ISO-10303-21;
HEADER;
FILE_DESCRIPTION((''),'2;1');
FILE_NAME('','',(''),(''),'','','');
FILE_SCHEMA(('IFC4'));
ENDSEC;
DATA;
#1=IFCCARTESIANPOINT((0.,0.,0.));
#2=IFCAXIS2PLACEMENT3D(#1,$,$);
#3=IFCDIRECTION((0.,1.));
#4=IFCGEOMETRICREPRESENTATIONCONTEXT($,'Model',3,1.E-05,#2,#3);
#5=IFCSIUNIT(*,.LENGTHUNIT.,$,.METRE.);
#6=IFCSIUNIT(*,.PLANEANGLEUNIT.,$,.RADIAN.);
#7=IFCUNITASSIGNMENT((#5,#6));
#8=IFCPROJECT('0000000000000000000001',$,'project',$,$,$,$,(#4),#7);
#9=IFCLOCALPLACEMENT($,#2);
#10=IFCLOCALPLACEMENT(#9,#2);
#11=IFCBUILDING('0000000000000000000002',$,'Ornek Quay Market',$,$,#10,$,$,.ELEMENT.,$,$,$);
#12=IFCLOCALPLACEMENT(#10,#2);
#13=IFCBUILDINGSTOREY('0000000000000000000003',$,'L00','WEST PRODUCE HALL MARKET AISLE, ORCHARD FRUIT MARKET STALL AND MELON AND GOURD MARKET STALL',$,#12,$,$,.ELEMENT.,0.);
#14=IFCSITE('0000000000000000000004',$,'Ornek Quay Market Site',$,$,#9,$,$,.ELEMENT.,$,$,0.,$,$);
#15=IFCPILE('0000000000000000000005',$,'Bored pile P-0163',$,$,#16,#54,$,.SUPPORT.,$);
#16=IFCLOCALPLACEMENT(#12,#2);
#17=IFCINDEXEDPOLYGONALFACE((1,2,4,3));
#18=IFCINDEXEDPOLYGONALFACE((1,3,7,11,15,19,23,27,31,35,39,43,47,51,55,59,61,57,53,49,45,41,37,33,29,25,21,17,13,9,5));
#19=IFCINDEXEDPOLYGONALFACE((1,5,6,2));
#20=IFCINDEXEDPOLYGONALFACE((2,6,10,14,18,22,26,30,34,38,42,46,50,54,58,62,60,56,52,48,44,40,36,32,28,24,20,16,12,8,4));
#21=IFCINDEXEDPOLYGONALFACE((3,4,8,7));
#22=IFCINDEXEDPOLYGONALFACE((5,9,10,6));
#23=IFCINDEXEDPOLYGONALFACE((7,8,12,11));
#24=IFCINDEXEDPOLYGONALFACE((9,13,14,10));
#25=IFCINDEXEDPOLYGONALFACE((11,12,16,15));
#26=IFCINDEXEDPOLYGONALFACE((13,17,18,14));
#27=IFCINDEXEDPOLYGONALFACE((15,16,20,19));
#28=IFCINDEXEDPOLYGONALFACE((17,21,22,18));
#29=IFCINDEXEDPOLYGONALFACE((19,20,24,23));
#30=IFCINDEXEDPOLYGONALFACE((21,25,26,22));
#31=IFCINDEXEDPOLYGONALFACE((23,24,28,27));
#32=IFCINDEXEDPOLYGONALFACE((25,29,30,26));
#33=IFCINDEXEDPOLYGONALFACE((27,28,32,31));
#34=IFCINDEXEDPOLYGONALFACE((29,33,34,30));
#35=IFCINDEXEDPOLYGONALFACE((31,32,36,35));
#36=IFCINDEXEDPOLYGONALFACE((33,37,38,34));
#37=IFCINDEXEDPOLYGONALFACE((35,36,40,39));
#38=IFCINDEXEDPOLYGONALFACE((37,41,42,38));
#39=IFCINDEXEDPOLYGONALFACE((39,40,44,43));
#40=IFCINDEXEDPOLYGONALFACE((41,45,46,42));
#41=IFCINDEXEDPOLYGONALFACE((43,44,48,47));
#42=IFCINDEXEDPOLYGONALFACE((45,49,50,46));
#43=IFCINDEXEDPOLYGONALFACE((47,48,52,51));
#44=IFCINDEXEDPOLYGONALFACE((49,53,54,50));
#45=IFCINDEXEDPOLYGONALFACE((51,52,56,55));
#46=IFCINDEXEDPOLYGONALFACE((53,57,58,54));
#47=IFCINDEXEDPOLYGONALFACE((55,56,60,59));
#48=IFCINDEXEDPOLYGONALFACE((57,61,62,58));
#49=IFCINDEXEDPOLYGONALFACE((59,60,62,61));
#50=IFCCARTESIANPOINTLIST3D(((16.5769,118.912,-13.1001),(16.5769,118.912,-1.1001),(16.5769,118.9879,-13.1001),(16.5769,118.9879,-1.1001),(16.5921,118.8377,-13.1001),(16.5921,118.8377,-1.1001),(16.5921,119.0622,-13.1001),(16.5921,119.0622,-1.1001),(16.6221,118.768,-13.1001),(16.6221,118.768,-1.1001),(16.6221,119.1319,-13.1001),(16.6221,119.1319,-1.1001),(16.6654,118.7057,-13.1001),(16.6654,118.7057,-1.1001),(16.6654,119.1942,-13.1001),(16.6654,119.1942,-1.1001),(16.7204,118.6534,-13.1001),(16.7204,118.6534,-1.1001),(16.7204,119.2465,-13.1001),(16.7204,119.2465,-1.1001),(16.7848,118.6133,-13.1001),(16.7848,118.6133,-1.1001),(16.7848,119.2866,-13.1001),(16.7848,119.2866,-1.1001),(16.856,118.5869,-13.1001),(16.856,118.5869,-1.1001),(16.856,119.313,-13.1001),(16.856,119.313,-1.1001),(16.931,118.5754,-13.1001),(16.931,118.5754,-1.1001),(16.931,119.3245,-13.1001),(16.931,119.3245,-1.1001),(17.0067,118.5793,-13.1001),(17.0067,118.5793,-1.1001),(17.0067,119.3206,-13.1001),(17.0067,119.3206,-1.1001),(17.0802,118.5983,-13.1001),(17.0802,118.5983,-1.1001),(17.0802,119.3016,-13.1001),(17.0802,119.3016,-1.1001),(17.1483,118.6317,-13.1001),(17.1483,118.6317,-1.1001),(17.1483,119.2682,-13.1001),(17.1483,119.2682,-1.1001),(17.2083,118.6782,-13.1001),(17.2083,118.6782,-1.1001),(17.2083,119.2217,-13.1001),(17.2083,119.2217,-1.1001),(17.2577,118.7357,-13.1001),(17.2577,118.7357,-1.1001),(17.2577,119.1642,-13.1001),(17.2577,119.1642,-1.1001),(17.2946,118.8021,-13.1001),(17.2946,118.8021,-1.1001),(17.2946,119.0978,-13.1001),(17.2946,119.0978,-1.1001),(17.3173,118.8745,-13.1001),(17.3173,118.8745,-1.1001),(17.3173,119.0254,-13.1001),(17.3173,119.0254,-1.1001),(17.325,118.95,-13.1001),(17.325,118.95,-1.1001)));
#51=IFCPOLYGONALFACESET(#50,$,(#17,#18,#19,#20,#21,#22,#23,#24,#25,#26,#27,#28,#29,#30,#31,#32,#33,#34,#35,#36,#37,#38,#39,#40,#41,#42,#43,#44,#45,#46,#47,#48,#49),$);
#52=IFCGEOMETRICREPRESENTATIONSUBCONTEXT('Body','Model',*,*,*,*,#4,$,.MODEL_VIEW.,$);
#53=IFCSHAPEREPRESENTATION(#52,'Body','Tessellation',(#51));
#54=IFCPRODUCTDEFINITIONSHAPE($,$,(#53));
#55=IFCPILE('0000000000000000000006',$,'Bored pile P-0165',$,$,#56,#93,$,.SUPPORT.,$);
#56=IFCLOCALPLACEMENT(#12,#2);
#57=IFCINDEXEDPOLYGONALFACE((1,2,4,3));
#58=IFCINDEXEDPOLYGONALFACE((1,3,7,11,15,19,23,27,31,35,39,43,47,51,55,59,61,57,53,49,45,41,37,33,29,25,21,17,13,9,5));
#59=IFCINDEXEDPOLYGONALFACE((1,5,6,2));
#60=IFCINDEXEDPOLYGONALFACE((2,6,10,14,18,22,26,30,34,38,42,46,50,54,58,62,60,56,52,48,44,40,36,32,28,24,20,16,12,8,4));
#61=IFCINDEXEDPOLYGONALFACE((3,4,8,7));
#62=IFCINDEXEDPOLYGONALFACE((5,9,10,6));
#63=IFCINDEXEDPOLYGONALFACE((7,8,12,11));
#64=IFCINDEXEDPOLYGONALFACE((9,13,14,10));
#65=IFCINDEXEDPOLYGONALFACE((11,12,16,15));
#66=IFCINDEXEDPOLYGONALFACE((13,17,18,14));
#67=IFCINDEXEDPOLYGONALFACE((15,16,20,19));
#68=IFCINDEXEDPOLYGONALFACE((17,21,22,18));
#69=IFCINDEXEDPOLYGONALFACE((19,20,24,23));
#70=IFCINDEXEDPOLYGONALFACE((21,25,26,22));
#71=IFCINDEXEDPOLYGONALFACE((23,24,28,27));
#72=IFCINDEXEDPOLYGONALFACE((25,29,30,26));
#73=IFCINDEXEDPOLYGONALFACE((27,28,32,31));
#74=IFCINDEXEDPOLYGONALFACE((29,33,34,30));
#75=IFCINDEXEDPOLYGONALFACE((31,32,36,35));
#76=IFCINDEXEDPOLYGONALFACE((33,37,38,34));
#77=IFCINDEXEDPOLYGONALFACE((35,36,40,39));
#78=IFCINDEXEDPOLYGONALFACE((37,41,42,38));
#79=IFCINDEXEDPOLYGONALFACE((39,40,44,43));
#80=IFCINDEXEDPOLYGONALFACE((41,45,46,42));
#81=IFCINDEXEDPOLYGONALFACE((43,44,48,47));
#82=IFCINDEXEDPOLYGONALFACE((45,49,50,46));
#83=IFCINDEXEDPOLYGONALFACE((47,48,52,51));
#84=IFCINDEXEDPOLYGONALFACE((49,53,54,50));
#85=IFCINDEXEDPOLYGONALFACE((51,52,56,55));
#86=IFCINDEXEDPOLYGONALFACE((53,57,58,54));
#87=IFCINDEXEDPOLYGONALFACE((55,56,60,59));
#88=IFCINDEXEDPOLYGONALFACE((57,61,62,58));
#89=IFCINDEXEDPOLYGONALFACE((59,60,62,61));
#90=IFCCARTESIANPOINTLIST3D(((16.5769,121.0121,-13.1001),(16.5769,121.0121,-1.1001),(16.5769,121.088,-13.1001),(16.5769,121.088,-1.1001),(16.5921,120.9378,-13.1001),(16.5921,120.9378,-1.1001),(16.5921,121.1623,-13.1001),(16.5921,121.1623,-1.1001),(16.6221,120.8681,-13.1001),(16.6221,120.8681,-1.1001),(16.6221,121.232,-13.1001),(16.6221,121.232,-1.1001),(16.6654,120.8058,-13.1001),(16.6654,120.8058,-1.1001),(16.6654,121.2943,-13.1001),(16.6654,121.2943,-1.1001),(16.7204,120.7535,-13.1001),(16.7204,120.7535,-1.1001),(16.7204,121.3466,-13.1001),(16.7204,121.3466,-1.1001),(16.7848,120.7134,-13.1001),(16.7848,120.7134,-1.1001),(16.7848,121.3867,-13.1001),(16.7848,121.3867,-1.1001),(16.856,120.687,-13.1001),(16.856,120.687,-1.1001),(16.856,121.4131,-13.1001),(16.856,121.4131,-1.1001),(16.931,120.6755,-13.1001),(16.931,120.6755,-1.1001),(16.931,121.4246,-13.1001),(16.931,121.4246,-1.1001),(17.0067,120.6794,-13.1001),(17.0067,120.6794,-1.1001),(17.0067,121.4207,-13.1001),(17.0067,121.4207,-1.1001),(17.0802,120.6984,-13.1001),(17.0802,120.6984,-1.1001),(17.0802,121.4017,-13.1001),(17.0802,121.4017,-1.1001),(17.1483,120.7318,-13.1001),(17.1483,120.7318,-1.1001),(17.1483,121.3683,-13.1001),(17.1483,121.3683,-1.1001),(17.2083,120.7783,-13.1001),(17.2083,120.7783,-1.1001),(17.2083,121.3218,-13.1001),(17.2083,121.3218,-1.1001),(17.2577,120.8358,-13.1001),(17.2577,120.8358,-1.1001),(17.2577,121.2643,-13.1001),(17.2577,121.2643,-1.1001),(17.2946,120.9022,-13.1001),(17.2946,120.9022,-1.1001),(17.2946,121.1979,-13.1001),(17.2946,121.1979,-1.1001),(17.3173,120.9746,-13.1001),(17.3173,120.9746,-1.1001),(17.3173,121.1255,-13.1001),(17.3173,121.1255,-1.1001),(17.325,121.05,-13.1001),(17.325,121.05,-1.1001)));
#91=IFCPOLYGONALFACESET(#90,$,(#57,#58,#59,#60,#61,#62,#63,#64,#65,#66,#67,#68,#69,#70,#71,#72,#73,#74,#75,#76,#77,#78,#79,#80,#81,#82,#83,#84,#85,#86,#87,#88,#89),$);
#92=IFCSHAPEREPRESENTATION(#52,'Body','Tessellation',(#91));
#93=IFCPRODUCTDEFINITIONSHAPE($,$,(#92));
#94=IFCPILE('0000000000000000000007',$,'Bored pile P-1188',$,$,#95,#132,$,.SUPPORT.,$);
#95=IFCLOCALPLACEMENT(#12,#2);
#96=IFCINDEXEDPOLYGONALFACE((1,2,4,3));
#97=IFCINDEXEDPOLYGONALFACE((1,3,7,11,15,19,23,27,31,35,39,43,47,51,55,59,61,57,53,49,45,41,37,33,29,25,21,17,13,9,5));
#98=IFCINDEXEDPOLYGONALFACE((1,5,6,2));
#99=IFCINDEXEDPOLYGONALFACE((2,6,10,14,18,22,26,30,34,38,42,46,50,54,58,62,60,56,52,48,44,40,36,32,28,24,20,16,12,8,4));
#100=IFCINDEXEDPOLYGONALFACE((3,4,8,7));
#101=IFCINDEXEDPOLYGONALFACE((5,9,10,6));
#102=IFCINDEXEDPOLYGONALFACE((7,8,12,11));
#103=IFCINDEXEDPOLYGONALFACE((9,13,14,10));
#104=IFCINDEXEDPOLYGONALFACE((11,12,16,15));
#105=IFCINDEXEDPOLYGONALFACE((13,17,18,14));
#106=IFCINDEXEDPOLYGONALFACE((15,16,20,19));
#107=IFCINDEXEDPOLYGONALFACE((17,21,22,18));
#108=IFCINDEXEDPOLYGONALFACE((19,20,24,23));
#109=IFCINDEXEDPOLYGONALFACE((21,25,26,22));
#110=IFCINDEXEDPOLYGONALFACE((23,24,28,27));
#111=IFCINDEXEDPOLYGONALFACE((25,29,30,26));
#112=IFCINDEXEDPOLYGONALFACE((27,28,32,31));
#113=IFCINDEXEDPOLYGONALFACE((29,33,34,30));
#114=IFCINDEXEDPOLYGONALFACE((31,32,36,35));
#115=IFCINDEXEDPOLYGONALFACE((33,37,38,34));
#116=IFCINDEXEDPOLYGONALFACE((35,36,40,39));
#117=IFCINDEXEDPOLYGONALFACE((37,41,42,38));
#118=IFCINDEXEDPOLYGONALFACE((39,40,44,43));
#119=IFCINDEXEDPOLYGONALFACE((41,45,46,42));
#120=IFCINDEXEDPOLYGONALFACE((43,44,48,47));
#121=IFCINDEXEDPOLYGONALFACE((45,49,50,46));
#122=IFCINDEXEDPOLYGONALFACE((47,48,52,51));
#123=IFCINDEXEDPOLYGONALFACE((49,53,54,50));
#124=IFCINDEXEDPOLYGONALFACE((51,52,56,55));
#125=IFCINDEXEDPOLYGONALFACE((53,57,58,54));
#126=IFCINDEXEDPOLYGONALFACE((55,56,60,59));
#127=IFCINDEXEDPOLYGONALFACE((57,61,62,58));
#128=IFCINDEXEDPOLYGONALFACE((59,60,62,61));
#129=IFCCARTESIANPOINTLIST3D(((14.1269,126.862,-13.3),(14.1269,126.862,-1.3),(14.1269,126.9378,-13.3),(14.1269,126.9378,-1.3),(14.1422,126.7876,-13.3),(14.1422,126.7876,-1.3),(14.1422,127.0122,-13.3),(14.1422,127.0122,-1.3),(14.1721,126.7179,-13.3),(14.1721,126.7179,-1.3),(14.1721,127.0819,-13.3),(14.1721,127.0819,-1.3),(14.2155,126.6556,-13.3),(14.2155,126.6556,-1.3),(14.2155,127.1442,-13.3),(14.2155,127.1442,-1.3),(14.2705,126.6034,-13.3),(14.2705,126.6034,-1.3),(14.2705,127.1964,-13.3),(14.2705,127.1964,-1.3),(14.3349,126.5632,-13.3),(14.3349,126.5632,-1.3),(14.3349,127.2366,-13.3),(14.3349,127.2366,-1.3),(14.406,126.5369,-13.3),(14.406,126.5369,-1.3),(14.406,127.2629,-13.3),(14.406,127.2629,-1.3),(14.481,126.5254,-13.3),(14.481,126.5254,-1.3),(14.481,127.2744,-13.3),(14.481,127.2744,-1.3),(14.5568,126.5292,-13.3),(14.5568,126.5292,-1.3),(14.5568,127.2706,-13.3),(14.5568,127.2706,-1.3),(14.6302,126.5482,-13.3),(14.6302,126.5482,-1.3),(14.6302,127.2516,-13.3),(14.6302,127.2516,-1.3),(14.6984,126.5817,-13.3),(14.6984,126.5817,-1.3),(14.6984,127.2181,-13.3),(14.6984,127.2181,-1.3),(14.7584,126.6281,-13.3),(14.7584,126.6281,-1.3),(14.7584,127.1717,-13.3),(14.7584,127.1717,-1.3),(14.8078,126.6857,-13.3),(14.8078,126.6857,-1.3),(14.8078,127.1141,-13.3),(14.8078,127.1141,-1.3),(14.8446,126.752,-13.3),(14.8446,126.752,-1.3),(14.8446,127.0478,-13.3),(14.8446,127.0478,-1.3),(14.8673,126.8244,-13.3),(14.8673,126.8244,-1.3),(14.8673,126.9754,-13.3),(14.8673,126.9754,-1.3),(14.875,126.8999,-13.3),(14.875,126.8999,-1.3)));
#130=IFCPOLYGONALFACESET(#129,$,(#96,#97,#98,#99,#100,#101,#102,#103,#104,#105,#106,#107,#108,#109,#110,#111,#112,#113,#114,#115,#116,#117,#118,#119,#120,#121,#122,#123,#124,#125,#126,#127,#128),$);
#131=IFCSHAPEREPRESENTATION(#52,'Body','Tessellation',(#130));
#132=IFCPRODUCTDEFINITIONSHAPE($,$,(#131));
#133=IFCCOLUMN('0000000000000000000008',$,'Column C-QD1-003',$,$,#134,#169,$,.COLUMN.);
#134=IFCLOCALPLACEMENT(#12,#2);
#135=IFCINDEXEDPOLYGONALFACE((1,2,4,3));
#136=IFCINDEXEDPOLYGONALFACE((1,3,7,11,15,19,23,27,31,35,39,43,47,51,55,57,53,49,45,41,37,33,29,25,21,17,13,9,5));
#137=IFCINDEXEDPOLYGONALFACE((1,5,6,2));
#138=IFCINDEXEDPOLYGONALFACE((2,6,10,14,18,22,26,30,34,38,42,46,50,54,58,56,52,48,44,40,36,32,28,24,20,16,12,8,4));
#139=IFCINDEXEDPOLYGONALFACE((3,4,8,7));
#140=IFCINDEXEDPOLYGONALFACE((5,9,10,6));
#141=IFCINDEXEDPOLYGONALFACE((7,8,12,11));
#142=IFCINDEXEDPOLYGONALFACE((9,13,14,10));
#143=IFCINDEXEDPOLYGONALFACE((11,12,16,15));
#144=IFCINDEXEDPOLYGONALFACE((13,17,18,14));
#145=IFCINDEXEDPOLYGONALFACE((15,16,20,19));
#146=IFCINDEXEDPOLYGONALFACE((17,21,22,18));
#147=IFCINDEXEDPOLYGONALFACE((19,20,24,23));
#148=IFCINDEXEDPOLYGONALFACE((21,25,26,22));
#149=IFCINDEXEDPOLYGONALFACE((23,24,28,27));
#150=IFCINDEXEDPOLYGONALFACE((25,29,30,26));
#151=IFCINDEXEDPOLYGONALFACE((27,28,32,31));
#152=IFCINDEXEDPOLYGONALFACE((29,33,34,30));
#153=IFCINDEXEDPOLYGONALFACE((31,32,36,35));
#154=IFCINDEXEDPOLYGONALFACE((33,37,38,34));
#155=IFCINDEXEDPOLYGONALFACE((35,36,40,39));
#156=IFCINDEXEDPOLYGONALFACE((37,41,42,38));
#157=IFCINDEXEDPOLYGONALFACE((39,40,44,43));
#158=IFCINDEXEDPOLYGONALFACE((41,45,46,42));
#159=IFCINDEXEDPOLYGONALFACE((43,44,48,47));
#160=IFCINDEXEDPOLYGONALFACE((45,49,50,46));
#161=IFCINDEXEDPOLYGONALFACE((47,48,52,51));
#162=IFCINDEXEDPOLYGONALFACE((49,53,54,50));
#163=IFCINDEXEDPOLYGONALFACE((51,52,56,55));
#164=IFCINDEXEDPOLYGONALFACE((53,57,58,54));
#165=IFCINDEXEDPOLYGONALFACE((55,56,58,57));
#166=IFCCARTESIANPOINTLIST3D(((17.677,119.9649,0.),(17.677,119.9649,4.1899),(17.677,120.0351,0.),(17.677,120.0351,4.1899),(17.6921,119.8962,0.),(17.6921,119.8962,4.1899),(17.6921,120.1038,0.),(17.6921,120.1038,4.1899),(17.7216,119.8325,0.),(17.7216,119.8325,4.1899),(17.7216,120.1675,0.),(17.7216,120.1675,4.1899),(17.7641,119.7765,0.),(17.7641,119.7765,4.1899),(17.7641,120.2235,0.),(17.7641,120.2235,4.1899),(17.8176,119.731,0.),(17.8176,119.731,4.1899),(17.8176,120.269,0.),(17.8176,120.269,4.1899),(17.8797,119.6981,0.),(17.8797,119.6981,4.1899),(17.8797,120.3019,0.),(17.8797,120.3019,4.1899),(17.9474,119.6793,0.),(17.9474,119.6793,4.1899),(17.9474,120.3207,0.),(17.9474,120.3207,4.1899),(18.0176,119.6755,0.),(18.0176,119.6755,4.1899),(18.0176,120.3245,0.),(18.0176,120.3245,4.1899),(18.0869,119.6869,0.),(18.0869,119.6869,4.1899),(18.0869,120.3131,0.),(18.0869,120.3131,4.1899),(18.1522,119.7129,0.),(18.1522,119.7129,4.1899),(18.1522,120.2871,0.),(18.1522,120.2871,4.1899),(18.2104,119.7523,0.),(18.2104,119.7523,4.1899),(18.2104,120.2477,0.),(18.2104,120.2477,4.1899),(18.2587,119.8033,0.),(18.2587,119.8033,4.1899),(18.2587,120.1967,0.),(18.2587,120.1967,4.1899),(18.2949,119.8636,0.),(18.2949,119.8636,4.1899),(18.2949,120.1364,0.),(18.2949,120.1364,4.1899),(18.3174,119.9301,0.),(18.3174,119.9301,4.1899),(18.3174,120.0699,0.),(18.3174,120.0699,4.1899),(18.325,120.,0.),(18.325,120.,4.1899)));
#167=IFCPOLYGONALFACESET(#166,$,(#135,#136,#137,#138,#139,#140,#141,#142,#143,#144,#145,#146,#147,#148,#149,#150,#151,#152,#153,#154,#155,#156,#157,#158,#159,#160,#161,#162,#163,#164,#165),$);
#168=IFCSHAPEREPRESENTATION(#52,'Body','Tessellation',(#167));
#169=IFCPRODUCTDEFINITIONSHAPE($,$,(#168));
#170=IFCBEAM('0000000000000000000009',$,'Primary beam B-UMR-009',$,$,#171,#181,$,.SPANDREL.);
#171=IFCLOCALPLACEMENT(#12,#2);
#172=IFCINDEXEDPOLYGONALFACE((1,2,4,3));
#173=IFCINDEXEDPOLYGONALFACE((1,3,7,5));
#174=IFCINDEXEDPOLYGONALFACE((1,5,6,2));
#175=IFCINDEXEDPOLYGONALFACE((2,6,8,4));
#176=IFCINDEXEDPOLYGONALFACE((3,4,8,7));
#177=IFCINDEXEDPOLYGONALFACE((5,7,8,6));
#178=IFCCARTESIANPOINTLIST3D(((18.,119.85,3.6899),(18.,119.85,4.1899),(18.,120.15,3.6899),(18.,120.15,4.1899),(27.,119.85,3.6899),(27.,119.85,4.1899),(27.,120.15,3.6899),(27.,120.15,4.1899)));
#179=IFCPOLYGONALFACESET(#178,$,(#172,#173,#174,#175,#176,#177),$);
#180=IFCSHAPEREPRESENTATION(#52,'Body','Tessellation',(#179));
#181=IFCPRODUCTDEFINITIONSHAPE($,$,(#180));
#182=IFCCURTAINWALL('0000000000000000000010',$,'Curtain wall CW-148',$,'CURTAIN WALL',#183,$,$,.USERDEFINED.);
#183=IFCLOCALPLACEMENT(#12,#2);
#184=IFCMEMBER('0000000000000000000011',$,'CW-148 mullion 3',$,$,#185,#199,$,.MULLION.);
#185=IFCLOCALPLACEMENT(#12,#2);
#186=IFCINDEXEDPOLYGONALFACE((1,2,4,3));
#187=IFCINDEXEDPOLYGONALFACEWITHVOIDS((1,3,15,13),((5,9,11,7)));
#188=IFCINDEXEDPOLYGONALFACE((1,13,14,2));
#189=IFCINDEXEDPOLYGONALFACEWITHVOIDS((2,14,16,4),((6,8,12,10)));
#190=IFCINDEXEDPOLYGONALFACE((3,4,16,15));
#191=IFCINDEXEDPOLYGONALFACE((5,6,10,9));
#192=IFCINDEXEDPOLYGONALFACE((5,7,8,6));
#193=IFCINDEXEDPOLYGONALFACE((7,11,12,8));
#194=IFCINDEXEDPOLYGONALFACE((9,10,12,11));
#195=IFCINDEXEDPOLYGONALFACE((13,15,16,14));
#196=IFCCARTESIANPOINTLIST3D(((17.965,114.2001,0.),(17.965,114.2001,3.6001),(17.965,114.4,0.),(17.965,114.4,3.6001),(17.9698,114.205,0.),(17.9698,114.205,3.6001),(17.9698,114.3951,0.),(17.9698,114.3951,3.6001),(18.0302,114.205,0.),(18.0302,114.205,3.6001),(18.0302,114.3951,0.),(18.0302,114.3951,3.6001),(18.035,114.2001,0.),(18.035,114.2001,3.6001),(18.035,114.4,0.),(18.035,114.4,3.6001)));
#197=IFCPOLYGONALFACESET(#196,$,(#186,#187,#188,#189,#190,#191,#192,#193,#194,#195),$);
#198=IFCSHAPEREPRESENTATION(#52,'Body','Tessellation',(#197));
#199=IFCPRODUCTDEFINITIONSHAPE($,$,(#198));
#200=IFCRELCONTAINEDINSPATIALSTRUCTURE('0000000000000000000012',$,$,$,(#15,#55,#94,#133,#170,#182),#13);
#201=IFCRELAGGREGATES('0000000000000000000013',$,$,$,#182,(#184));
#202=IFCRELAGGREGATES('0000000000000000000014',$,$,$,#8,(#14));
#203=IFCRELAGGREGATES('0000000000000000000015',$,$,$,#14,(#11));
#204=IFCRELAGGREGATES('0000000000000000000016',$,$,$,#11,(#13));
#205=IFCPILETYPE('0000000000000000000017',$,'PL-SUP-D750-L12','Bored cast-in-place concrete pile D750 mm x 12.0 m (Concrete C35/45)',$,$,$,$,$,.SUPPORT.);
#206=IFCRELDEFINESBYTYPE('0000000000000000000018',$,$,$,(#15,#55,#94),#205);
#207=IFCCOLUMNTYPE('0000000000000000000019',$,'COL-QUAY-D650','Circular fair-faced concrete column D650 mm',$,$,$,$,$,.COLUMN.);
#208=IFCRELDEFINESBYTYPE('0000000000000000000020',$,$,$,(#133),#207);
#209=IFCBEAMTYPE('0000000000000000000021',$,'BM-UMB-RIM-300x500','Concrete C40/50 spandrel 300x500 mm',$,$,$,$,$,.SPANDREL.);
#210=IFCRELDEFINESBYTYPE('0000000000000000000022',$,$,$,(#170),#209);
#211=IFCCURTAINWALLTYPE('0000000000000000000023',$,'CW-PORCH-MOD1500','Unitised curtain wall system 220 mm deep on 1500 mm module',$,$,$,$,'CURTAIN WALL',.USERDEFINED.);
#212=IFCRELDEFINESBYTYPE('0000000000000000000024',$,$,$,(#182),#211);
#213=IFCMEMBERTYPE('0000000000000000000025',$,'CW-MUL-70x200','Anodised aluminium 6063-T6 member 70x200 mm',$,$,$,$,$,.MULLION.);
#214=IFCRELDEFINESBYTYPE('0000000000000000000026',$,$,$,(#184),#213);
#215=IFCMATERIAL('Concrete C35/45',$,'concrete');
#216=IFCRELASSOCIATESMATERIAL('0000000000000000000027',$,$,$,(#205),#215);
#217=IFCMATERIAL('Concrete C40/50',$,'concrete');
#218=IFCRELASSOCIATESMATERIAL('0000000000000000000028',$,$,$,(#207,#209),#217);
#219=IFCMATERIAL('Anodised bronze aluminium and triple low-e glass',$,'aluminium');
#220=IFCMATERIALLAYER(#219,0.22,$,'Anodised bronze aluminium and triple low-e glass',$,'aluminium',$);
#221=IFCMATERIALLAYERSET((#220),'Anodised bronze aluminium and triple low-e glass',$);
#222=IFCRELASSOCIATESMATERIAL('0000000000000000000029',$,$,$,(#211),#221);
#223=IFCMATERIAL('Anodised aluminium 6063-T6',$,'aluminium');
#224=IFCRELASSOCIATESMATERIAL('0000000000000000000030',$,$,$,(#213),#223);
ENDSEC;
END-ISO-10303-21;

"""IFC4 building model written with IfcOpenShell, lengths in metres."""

from ifc_helpers import new_model, si_unit, direction, frame, origin, origin_2d, place, context, subcontext, project, spatial, rectangle, hollow_rectangle, circle, extrude, material, layer, layer_set, material_profile, profile_set, type_object, element, aggregate, save


model = new_model("IFC4")

# Units and contexts
model_context = context("Model", 3, precision=1e-05, world=origin(), true_north=direction((0.0, 1.0)))
body_context = subcontext(model_context, "Body", "Model", "MODEL_VIEW")
ifc_project = project(units=[si_unit("LENGTHUNIT", "METRE"), si_unit("PLANEANGLEUNIT", "RADIAN")], contexts=[model_context])

# Site, building, storey
site_placement = place(None, origin())
site = spatial("IfcSite", under=ifc_project, at=site_placement, Name="Ornek Quay Market Site", CompositionType="ELEMENT", RefElevation=0.0)
building_placement = place(site_placement, origin())
building = spatial("IfcBuilding", under=site, at=building_placement, Name="Ornek Quay Market", CompositionType="ELEMENT")
storey_placement = place(building_placement, origin())
storey = spatial("IfcBuildingStorey", under=building, at=storey_placement, Name="L00", Description="WEST PRODUCE HALL MARKET AISLE, ORCHARD FRUIT MARKET STALL AND MELON AND GOURD MARKET STALL", CompositionType="ELEMENT", Elevation=0.0)

# Piles
ifc_material_1 = material(Name="Concrete C35/45", Category="concrete")
ifc_material_profile_1 = material_profile(ifc_material_1, circle(Radius=0.375, at=origin_2d()), Name="PILE D750", Category="concrete")
ifc_profile_set_1 = profile_set([ifc_material_profile_1], Name="Concrete C35/45")
pile_type = type_object("IfcPileType", Name="PL-SUP-D750-L12", Description="Bored cast-in-place concrete pile D750 mm x 12.0 m (Concrete C35/45)", PredefinedType="SUPPORT", material=ifc_profile_set_1)
for number, where, z_axis, x_axis, name in (
    (1, (16.95, 118.95, -1.1001), (0.0, 0.0, -1.0), (1.0, 0.0, 0.0), "Bored pile P-0163"),
    (2, (16.95, 121.05, -1.1001), (0.0, 0.0, -1.0), (1.0, 0.0, 0.0), "Bored pile P-0165"),
    (3, (14.5, 126.8999, -1.3), (0.0, 0.0, -1.0), (1.0, 0.0, 0.0), "Bored pile P-1188"),
):
    element("IfcPile", number, at=place(storey_placement, frame(where, z_axis=z_axis, x_axis=x_axis)), inside=storey, type_object=pile_type, Name=name, PredefinedType="SUPPORT", context=body_context, shape_type="SweptSolid", body=[
        extrude(circle(Radius=0.375, at=origin_2d()), origin(), (0.0, 0.0, 1.0), 12.0),
    ])

# Column
ifc_material_2 = material(Name="Concrete C40/50", Category="concrete")
ifc_material_profile_2 = material_profile(ifc_material_2, circle(Radius=0.325, at=origin_2d()), Name="RC D650", Category="concrete")
ifc_profile_set_2 = profile_set([ifc_material_profile_2], Name="Concrete C40/50")
column_type = type_object("IfcColumnType", Name="COL-QUAY-D650", Description="Circular fair-faced concrete column D650 mm", PredefinedType="COLUMN", material=ifc_profile_set_2)
column_placement = place(storey_placement, frame((18.0, 120.0, 0.0), z_axis=(0.0, 0.0, 1.0), x_axis=(1.0, 0.0, 0.0)))
element("IfcColumn", 4, at=column_placement, inside=storey, type_object=column_type, Name="Column C-QD1-003", PredefinedType="COLUMN", context=body_context, shape_type="SweptSolid", body=[
    extrude(circle(Radius=0.325, at=origin_2d()), origin(), (0.0, 0.0, 1.0), 4.1899),
])

# Beam
ifc_material_profile_3 = material_profile(ifc_material_2, rectangle(XDim=0.3, YDim=0.5, at=origin_2d()), Name="RC 300x500", Category="concrete")
ifc_profile_set_3 = profile_set([ifc_material_profile_3], Name="Concrete C40/50")
beam_type = type_object("IfcBeamType", Name="BM-UMB-RIM-300x500", Description="Concrete C40/50 spandrel 300x500 mm", PredefinedType="SPANDREL", material=ifc_profile_set_3)
beam_placement = place(storey_placement, frame((18.0, 120.0, 3.9399), z_axis=(1.0, 0.0, 0.0), x_axis=(0.0, 1.0, 0.0)))
element("IfcBeam", 5, at=beam_placement, inside=storey, type_object=beam_type, Name="Primary beam B-UMR-009", PredefinedType="SPANDREL", context=body_context, shape_type="SweptSolid", body=[
    extrude(rectangle(XDim=0.3, YDim=0.5, at=origin_2d()), origin(), (0.0, 0.0, 1.0), 9.0),
])

# Curtain wall, member
ifc_material_3 = material(Name="Anodised bronze aluminium and triple low-e glass", Category="aluminium")
ifc_layer_1 = layer(ifc_material_3, 0.22, Name="Anodised bronze aluminium and triple low-e glass", Category="aluminium")
ifc_layer_set_1 = layer_set([ifc_layer_1], Name="Anodised bronze aluminium and triple low-e glass")
curtain_wall_type = type_object("IfcCurtainWallType", Name="CW-PORCH-MOD1500", Description="Unitised curtain wall system 220 mm deep on 1500 mm module", ElementType="CURTAIN WALL", PredefinedType="USERDEFINED", material=ifc_layer_set_1)
curtain_wall_placement = place(storey_placement, origin())
curtain_wall = element("IfcCurtainWall", 6, at=curtain_wall_placement, inside=storey, type_object=curtain_wall_type, Name="Curtain wall CW-148", ObjectType="CURTAIN WALL", PredefinedType="USERDEFINED")
ifc_material_4 = material(Name="Anodised aluminium 6063-T6", Category="aluminium")
ifc_material_profile_4 = material_profile(ifc_material_4, hollow_rectangle(XDim=0.0701, YDim=0.2, WallThickness=0.0049, at=origin_2d()), Name="CW-MUL-70x200", Category="aluminium")
ifc_profile_set_4 = profile_set([ifc_material_profile_4], Name="Anodised aluminium 6063-T6")
member_type_1 = type_object("IfcMemberType", Name="CW-MUL-70x200", Description="Anodised aluminium 6063-T6 member 70x200 mm", PredefinedType="MULLION", material=ifc_profile_set_4)
member_1_placement = place(storey_placement, frame((18.0, 114.3, 0.0), z_axis=(0.0, 0.0, 1.0), x_axis=(-1.0, 0.0, 0.0)))
member_1 = element("IfcMember", 7, at=member_1_placement, type_object=member_type_1, Name="CW-148 mullion 3", PredefinedType="MULLION", context=body_context, shape_type="SweptSolid", body=[
    extrude(hollow_rectangle(XDim=0.0701, YDim=0.2, WallThickness=0.0049, at=origin_2d()), origin(), (0.0, 0.0, 1.0), 3.6001),
])
aggregate(curtain_wall, [member_1])

save(model, "model.ifc")
